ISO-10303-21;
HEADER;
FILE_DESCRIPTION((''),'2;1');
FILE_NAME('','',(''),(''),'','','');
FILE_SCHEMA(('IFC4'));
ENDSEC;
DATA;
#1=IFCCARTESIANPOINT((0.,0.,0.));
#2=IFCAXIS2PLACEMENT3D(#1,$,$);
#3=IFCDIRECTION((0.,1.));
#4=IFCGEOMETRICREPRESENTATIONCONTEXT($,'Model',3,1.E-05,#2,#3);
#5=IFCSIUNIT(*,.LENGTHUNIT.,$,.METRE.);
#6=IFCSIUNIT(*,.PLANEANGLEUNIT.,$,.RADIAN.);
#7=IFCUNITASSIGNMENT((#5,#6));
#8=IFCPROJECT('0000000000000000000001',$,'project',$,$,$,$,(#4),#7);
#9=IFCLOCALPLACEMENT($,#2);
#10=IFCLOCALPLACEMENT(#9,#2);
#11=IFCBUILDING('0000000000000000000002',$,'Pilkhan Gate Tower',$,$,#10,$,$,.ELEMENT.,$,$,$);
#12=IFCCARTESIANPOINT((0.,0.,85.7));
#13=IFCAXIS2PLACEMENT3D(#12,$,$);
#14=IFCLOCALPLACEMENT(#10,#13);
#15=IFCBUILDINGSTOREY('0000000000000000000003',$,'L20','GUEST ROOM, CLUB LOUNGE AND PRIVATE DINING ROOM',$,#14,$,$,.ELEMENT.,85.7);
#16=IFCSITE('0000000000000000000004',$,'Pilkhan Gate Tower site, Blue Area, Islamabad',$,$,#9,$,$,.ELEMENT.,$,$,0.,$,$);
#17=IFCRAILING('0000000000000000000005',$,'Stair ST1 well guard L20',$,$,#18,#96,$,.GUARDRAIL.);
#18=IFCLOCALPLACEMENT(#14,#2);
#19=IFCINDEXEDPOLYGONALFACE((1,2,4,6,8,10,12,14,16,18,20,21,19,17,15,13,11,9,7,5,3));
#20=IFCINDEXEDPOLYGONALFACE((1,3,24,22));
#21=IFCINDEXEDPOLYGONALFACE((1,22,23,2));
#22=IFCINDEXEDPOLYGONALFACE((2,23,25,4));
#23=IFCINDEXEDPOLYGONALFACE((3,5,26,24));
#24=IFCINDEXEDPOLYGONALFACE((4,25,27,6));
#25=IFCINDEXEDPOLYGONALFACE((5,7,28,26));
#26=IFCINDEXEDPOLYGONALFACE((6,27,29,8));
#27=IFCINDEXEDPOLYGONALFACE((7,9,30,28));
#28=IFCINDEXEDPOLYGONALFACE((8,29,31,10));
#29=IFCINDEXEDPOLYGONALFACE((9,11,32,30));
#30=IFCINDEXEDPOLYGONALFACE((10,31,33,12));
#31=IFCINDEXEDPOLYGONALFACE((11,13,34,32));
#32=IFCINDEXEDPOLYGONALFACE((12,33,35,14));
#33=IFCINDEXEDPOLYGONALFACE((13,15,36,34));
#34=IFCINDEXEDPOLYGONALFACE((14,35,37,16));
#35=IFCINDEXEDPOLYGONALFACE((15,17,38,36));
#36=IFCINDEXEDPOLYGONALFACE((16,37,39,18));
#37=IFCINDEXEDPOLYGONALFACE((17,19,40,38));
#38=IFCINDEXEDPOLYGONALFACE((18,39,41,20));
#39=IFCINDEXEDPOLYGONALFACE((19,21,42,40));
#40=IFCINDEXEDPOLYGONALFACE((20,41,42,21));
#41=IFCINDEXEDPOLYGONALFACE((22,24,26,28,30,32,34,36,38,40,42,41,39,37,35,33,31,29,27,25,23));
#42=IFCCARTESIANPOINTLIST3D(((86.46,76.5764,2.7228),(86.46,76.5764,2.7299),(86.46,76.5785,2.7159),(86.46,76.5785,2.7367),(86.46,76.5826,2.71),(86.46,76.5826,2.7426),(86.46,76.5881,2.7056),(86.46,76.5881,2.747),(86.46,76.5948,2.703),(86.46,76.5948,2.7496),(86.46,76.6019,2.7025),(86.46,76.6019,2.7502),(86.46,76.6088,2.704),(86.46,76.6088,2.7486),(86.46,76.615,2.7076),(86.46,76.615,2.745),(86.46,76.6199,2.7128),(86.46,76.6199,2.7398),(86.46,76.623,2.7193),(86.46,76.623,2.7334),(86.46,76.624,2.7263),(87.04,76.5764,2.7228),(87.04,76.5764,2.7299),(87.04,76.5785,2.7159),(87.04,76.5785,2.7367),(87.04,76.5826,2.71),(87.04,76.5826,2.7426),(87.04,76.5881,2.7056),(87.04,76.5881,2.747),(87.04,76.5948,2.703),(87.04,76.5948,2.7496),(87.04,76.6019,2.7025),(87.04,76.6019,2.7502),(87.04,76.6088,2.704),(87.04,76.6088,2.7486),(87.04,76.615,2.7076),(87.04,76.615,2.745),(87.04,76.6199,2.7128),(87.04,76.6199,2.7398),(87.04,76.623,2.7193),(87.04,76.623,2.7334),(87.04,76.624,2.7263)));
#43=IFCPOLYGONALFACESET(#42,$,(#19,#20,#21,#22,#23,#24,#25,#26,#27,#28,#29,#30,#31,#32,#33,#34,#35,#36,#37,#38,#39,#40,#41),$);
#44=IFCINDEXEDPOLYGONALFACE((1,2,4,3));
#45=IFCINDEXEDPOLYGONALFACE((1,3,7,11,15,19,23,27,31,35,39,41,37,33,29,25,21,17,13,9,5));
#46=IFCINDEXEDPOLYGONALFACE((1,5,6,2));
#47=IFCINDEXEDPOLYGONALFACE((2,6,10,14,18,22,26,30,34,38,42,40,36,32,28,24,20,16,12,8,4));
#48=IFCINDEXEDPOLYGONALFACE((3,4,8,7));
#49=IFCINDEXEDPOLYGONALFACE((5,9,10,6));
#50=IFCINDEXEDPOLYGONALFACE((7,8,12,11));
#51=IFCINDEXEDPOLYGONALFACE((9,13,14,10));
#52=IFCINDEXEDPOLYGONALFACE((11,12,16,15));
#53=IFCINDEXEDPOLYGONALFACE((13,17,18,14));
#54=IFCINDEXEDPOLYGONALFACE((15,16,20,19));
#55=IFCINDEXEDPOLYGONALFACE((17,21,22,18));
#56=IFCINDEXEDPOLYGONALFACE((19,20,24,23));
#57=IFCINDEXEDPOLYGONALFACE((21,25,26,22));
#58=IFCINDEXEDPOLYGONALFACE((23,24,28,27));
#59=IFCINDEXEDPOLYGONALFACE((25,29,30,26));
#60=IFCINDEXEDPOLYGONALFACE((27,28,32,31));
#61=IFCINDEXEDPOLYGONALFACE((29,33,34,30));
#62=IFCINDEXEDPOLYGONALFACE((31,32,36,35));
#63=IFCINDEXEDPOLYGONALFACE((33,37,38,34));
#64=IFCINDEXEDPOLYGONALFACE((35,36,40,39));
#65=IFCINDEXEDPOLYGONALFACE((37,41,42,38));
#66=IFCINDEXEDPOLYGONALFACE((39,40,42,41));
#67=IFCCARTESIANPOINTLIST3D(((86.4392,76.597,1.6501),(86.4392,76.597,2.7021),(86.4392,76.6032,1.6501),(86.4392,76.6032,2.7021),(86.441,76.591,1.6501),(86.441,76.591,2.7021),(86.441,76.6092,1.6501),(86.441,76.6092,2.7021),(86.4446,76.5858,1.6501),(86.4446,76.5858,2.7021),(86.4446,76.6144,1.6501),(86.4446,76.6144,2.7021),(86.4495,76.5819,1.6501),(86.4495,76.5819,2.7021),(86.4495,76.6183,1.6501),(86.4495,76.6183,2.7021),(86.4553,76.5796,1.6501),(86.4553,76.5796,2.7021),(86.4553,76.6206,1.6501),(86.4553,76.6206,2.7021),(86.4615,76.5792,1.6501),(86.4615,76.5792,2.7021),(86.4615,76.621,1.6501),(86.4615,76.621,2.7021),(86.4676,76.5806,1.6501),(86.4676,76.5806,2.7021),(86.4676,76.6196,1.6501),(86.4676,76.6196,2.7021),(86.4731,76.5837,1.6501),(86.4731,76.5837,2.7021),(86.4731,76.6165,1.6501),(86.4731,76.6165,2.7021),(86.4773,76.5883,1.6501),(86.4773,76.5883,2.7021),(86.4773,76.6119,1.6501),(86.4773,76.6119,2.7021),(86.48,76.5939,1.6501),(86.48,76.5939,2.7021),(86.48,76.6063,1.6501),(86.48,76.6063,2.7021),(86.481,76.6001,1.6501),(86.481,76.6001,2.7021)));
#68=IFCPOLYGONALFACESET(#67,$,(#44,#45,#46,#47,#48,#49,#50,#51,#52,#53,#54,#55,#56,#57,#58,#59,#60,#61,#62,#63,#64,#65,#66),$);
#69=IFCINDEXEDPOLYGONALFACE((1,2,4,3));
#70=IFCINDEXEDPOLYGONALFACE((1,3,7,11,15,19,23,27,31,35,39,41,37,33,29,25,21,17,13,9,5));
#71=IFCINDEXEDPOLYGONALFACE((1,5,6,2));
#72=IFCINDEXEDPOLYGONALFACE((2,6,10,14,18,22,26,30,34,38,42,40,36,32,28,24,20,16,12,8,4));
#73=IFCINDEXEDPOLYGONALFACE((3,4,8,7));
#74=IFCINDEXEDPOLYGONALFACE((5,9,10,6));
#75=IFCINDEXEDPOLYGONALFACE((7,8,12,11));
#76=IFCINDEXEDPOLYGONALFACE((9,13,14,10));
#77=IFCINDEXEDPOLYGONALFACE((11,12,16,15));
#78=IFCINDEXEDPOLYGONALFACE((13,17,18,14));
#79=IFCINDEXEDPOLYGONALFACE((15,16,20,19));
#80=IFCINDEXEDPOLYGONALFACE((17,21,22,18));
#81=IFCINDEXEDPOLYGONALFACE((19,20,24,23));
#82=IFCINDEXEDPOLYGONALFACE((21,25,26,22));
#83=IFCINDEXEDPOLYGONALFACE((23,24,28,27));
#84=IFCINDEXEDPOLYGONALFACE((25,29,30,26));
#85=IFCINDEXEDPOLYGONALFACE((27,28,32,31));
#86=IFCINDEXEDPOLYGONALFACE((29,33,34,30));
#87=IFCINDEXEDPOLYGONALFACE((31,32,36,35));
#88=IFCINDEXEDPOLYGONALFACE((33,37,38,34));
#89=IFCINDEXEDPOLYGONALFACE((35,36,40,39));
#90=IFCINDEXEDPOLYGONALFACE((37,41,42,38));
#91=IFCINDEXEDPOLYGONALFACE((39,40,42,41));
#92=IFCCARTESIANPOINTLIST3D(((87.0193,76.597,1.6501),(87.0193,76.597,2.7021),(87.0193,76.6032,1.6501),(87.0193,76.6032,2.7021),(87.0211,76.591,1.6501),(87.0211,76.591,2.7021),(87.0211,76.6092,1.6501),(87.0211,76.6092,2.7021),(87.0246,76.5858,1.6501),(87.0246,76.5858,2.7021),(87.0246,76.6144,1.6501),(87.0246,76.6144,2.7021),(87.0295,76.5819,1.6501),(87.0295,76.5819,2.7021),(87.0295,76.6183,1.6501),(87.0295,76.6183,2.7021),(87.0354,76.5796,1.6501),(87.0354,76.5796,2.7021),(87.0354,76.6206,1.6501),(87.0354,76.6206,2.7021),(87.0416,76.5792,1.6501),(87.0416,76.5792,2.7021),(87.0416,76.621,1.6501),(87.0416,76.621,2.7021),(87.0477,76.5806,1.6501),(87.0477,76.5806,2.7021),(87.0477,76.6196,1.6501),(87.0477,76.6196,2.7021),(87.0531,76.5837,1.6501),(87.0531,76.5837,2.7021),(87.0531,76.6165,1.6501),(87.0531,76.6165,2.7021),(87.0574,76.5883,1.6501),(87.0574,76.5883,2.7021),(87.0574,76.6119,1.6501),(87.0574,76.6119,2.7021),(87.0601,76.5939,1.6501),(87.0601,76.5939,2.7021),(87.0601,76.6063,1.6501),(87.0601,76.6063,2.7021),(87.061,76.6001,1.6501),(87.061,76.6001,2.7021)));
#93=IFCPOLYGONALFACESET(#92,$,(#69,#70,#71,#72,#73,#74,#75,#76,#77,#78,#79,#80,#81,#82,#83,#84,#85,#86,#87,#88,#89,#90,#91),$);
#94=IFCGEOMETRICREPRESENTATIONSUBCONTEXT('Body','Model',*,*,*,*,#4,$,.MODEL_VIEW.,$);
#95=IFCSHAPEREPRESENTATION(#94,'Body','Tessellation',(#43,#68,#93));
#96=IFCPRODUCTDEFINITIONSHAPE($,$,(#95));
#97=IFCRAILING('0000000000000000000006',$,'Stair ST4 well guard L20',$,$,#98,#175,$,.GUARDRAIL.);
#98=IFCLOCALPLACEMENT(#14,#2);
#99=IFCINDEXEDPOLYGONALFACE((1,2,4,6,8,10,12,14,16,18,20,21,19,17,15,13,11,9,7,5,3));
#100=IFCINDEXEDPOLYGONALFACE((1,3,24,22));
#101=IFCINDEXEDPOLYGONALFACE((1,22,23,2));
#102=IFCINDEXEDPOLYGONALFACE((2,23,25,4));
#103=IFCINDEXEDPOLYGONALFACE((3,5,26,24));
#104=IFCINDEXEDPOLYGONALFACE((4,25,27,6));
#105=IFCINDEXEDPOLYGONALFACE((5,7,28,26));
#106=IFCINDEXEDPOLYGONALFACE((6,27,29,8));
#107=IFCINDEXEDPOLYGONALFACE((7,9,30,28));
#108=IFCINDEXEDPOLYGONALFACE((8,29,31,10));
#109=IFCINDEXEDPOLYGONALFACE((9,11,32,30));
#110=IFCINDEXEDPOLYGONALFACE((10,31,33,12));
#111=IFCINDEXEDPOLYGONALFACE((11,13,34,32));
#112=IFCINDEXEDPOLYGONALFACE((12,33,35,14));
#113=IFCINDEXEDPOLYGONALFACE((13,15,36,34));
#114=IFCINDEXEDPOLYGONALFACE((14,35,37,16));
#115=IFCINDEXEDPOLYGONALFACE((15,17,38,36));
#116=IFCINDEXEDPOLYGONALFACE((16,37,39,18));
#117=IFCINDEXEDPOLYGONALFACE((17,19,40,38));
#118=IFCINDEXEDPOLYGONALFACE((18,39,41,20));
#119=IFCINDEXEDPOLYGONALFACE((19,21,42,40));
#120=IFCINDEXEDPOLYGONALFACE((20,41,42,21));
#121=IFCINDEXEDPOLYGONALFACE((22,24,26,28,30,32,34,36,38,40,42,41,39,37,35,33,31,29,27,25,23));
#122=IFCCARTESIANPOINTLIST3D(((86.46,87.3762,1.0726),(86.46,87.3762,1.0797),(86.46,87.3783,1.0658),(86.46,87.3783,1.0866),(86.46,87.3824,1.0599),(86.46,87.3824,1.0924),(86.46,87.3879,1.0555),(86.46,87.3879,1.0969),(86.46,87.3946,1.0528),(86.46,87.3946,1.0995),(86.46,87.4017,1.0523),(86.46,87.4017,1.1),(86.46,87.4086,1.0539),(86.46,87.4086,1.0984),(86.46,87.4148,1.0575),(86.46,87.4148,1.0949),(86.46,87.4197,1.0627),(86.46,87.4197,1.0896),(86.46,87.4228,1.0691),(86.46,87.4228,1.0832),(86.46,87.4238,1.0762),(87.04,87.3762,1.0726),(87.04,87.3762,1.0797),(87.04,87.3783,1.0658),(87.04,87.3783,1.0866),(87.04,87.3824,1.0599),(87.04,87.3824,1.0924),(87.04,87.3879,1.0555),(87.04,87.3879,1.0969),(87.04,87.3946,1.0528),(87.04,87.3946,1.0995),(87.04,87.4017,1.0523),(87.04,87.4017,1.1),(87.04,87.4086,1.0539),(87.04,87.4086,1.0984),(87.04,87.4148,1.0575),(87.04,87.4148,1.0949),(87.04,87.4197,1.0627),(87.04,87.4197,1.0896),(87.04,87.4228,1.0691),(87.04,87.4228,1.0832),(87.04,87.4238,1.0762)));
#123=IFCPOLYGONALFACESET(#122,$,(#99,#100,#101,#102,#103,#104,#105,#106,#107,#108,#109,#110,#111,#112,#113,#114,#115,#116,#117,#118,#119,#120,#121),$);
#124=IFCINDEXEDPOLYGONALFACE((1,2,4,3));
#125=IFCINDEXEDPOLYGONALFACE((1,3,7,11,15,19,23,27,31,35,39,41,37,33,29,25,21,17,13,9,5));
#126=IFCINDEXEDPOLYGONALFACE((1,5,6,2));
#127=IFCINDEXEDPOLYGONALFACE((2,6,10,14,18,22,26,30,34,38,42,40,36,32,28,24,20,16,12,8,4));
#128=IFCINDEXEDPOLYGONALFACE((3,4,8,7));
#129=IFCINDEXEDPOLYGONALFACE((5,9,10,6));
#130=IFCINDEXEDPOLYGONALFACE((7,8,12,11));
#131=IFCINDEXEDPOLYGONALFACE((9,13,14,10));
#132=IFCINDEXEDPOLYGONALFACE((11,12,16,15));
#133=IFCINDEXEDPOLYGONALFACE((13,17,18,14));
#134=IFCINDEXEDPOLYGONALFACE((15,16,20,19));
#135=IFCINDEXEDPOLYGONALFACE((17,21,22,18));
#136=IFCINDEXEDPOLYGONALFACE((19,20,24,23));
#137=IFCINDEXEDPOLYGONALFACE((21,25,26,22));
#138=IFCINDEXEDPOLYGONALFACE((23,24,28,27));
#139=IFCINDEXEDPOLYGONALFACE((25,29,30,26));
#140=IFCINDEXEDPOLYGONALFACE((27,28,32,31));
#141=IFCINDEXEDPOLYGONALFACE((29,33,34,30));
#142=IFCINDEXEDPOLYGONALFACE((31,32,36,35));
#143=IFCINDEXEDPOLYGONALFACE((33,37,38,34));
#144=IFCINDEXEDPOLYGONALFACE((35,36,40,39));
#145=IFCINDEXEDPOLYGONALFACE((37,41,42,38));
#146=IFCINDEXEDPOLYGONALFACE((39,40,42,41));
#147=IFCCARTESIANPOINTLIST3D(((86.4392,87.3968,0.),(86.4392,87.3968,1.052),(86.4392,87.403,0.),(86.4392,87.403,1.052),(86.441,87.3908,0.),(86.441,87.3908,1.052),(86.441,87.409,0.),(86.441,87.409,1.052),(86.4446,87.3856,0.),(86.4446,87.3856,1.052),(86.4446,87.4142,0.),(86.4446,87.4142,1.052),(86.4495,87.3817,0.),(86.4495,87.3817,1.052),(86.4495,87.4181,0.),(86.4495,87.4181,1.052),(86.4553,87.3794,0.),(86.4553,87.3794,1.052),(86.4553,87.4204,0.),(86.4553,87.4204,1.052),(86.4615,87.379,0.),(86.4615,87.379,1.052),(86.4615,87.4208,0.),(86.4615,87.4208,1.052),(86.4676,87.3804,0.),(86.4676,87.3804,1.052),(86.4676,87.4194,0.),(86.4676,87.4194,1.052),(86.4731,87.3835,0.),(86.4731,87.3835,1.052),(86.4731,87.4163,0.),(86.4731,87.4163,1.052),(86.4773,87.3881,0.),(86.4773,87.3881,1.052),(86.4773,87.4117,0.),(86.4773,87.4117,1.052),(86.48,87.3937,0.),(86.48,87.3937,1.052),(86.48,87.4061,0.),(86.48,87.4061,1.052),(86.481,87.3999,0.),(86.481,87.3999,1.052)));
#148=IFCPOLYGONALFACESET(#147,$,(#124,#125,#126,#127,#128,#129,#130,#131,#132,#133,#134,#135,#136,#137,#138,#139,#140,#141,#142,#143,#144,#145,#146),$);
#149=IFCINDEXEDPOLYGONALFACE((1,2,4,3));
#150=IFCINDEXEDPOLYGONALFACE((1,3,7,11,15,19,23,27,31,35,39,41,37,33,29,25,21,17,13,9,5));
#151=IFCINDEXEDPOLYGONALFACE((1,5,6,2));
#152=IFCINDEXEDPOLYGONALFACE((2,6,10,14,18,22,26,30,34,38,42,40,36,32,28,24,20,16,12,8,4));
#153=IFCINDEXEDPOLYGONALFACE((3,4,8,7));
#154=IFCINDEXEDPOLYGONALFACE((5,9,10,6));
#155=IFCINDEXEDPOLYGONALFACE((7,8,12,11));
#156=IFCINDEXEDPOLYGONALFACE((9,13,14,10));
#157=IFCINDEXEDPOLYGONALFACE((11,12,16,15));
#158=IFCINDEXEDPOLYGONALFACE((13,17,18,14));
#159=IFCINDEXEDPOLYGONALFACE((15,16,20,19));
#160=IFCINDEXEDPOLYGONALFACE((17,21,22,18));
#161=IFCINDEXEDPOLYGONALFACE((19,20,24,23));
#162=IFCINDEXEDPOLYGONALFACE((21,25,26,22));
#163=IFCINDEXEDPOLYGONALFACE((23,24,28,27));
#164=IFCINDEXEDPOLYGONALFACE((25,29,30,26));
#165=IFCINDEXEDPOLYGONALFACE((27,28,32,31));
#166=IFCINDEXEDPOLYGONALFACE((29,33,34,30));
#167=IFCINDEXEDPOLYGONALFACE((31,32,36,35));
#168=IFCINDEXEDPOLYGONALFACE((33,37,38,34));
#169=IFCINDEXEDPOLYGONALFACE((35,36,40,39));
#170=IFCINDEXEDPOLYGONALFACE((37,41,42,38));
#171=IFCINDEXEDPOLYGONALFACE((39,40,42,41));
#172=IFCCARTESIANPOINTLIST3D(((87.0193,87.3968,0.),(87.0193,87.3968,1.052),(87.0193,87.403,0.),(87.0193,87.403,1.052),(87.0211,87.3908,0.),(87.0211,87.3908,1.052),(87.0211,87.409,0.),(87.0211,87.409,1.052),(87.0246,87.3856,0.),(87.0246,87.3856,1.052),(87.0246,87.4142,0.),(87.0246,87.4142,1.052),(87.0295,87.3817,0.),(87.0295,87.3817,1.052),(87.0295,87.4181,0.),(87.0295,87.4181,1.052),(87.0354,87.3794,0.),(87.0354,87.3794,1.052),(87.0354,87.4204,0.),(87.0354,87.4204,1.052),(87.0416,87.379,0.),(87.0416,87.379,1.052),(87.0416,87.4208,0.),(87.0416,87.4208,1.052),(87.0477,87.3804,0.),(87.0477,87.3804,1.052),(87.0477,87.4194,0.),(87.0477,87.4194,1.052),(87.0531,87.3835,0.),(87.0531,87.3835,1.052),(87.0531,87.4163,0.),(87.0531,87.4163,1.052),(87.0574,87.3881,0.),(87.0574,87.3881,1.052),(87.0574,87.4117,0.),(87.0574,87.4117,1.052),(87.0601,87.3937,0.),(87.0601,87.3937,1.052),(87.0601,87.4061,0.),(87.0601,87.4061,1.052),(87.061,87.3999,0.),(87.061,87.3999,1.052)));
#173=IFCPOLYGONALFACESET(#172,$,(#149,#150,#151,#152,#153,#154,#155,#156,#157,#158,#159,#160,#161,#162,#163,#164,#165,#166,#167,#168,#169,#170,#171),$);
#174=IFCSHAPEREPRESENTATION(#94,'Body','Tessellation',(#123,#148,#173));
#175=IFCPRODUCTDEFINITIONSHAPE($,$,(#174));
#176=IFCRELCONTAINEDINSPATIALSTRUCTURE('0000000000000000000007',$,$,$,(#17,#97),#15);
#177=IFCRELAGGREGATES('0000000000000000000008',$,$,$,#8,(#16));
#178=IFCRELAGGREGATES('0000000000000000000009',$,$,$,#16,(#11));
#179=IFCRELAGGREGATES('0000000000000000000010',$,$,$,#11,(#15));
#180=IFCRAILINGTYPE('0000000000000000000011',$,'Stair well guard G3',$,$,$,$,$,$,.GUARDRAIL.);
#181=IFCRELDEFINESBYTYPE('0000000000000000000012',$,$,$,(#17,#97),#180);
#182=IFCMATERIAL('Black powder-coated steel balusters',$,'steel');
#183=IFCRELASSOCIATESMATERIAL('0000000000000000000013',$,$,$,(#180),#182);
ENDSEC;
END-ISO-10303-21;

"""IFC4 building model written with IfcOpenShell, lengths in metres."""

from ifc_helpers import new_model, si_unit, direction, frame, origin, origin_2d, place, context, subcontext, project, spatial, circle, extrude, material, type_object, element, save


model = new_model("IFC4")

# Units and contexts
model_context = context("Model", 3, precision=1e-05, world=origin(), true_north=direction((0.0, 1.0)))
body_context = subcontext(model_context, "Body", "Model", "MODEL_VIEW")
ifc_project = project(units=[si_unit("LENGTHUNIT", "METRE"), si_unit("PLANEANGLEUNIT", "RADIAN")], contexts=[model_context])

# Site, building, storey
site_placement = place(None, origin())
site = spatial("IfcSite", under=ifc_project, at=site_placement, Name="Pilkhan Gate Tower site, Blue Area, Islamabad", CompositionType="ELEMENT", RefElevation=0.0)
building_placement = place(site_placement, origin())
building = spatial("IfcBuilding", under=site, at=building_placement, Name="Pilkhan Gate Tower", CompositionType="ELEMENT")
storey_placement = place(building_placement, frame((0.0, 0.0, 85.7)))
storey = spatial("IfcBuildingStorey", under=building, at=storey_placement, Name="L20", Description="GUEST ROOM, CLUB LOUNGE AND PRIVATE DINING ROOM", CompositionType="ELEMENT", Elevation=85.7)

# Railings
ifc_material_1 = material(Name="Black powder-coated steel balusters", Category="steel")
railing_type_1 = type_object("IfcRailingType", Name="Stair well guard G3", PredefinedType="GUARDRAIL", material=ifc_material_1)
for number, where, name in (
    (1, (86.46, 76.6001, 1.6501), "Stair ST1 well guard L20"),
    (2, (86.46, 87.3999, 0.0), "Stair ST4 well guard L20"),
):
    element("IfcRailing", number, at=place(storey_placement, frame(where)), inside=storey, type_object=railing_type_1, Name=name, PredefinedType="GUARDRAIL", context=body_context, shape_type="SweptSolid", body=[
        extrude(circle(Radius=0.0239, at=origin_2d()), frame((0.0, 0.0, 1.0762), z_axis=(1.0, 0.0, 0.0), x_axis=(0.0, 1.0, 0.0)), (0.0, 0.0, 1.0), 0.5801),
        extrude(circle(Radius=0.021, at=origin_2d()), origin(), (0.0, 0.0, 1.0), 1.052),
        extrude(circle(Radius=0.021, at=origin_2d()), frame((0.5801, 0.0, 0.0)), (0.0, 0.0, 1.0), 1.052),
    ])

save(model, "model.ifc")
